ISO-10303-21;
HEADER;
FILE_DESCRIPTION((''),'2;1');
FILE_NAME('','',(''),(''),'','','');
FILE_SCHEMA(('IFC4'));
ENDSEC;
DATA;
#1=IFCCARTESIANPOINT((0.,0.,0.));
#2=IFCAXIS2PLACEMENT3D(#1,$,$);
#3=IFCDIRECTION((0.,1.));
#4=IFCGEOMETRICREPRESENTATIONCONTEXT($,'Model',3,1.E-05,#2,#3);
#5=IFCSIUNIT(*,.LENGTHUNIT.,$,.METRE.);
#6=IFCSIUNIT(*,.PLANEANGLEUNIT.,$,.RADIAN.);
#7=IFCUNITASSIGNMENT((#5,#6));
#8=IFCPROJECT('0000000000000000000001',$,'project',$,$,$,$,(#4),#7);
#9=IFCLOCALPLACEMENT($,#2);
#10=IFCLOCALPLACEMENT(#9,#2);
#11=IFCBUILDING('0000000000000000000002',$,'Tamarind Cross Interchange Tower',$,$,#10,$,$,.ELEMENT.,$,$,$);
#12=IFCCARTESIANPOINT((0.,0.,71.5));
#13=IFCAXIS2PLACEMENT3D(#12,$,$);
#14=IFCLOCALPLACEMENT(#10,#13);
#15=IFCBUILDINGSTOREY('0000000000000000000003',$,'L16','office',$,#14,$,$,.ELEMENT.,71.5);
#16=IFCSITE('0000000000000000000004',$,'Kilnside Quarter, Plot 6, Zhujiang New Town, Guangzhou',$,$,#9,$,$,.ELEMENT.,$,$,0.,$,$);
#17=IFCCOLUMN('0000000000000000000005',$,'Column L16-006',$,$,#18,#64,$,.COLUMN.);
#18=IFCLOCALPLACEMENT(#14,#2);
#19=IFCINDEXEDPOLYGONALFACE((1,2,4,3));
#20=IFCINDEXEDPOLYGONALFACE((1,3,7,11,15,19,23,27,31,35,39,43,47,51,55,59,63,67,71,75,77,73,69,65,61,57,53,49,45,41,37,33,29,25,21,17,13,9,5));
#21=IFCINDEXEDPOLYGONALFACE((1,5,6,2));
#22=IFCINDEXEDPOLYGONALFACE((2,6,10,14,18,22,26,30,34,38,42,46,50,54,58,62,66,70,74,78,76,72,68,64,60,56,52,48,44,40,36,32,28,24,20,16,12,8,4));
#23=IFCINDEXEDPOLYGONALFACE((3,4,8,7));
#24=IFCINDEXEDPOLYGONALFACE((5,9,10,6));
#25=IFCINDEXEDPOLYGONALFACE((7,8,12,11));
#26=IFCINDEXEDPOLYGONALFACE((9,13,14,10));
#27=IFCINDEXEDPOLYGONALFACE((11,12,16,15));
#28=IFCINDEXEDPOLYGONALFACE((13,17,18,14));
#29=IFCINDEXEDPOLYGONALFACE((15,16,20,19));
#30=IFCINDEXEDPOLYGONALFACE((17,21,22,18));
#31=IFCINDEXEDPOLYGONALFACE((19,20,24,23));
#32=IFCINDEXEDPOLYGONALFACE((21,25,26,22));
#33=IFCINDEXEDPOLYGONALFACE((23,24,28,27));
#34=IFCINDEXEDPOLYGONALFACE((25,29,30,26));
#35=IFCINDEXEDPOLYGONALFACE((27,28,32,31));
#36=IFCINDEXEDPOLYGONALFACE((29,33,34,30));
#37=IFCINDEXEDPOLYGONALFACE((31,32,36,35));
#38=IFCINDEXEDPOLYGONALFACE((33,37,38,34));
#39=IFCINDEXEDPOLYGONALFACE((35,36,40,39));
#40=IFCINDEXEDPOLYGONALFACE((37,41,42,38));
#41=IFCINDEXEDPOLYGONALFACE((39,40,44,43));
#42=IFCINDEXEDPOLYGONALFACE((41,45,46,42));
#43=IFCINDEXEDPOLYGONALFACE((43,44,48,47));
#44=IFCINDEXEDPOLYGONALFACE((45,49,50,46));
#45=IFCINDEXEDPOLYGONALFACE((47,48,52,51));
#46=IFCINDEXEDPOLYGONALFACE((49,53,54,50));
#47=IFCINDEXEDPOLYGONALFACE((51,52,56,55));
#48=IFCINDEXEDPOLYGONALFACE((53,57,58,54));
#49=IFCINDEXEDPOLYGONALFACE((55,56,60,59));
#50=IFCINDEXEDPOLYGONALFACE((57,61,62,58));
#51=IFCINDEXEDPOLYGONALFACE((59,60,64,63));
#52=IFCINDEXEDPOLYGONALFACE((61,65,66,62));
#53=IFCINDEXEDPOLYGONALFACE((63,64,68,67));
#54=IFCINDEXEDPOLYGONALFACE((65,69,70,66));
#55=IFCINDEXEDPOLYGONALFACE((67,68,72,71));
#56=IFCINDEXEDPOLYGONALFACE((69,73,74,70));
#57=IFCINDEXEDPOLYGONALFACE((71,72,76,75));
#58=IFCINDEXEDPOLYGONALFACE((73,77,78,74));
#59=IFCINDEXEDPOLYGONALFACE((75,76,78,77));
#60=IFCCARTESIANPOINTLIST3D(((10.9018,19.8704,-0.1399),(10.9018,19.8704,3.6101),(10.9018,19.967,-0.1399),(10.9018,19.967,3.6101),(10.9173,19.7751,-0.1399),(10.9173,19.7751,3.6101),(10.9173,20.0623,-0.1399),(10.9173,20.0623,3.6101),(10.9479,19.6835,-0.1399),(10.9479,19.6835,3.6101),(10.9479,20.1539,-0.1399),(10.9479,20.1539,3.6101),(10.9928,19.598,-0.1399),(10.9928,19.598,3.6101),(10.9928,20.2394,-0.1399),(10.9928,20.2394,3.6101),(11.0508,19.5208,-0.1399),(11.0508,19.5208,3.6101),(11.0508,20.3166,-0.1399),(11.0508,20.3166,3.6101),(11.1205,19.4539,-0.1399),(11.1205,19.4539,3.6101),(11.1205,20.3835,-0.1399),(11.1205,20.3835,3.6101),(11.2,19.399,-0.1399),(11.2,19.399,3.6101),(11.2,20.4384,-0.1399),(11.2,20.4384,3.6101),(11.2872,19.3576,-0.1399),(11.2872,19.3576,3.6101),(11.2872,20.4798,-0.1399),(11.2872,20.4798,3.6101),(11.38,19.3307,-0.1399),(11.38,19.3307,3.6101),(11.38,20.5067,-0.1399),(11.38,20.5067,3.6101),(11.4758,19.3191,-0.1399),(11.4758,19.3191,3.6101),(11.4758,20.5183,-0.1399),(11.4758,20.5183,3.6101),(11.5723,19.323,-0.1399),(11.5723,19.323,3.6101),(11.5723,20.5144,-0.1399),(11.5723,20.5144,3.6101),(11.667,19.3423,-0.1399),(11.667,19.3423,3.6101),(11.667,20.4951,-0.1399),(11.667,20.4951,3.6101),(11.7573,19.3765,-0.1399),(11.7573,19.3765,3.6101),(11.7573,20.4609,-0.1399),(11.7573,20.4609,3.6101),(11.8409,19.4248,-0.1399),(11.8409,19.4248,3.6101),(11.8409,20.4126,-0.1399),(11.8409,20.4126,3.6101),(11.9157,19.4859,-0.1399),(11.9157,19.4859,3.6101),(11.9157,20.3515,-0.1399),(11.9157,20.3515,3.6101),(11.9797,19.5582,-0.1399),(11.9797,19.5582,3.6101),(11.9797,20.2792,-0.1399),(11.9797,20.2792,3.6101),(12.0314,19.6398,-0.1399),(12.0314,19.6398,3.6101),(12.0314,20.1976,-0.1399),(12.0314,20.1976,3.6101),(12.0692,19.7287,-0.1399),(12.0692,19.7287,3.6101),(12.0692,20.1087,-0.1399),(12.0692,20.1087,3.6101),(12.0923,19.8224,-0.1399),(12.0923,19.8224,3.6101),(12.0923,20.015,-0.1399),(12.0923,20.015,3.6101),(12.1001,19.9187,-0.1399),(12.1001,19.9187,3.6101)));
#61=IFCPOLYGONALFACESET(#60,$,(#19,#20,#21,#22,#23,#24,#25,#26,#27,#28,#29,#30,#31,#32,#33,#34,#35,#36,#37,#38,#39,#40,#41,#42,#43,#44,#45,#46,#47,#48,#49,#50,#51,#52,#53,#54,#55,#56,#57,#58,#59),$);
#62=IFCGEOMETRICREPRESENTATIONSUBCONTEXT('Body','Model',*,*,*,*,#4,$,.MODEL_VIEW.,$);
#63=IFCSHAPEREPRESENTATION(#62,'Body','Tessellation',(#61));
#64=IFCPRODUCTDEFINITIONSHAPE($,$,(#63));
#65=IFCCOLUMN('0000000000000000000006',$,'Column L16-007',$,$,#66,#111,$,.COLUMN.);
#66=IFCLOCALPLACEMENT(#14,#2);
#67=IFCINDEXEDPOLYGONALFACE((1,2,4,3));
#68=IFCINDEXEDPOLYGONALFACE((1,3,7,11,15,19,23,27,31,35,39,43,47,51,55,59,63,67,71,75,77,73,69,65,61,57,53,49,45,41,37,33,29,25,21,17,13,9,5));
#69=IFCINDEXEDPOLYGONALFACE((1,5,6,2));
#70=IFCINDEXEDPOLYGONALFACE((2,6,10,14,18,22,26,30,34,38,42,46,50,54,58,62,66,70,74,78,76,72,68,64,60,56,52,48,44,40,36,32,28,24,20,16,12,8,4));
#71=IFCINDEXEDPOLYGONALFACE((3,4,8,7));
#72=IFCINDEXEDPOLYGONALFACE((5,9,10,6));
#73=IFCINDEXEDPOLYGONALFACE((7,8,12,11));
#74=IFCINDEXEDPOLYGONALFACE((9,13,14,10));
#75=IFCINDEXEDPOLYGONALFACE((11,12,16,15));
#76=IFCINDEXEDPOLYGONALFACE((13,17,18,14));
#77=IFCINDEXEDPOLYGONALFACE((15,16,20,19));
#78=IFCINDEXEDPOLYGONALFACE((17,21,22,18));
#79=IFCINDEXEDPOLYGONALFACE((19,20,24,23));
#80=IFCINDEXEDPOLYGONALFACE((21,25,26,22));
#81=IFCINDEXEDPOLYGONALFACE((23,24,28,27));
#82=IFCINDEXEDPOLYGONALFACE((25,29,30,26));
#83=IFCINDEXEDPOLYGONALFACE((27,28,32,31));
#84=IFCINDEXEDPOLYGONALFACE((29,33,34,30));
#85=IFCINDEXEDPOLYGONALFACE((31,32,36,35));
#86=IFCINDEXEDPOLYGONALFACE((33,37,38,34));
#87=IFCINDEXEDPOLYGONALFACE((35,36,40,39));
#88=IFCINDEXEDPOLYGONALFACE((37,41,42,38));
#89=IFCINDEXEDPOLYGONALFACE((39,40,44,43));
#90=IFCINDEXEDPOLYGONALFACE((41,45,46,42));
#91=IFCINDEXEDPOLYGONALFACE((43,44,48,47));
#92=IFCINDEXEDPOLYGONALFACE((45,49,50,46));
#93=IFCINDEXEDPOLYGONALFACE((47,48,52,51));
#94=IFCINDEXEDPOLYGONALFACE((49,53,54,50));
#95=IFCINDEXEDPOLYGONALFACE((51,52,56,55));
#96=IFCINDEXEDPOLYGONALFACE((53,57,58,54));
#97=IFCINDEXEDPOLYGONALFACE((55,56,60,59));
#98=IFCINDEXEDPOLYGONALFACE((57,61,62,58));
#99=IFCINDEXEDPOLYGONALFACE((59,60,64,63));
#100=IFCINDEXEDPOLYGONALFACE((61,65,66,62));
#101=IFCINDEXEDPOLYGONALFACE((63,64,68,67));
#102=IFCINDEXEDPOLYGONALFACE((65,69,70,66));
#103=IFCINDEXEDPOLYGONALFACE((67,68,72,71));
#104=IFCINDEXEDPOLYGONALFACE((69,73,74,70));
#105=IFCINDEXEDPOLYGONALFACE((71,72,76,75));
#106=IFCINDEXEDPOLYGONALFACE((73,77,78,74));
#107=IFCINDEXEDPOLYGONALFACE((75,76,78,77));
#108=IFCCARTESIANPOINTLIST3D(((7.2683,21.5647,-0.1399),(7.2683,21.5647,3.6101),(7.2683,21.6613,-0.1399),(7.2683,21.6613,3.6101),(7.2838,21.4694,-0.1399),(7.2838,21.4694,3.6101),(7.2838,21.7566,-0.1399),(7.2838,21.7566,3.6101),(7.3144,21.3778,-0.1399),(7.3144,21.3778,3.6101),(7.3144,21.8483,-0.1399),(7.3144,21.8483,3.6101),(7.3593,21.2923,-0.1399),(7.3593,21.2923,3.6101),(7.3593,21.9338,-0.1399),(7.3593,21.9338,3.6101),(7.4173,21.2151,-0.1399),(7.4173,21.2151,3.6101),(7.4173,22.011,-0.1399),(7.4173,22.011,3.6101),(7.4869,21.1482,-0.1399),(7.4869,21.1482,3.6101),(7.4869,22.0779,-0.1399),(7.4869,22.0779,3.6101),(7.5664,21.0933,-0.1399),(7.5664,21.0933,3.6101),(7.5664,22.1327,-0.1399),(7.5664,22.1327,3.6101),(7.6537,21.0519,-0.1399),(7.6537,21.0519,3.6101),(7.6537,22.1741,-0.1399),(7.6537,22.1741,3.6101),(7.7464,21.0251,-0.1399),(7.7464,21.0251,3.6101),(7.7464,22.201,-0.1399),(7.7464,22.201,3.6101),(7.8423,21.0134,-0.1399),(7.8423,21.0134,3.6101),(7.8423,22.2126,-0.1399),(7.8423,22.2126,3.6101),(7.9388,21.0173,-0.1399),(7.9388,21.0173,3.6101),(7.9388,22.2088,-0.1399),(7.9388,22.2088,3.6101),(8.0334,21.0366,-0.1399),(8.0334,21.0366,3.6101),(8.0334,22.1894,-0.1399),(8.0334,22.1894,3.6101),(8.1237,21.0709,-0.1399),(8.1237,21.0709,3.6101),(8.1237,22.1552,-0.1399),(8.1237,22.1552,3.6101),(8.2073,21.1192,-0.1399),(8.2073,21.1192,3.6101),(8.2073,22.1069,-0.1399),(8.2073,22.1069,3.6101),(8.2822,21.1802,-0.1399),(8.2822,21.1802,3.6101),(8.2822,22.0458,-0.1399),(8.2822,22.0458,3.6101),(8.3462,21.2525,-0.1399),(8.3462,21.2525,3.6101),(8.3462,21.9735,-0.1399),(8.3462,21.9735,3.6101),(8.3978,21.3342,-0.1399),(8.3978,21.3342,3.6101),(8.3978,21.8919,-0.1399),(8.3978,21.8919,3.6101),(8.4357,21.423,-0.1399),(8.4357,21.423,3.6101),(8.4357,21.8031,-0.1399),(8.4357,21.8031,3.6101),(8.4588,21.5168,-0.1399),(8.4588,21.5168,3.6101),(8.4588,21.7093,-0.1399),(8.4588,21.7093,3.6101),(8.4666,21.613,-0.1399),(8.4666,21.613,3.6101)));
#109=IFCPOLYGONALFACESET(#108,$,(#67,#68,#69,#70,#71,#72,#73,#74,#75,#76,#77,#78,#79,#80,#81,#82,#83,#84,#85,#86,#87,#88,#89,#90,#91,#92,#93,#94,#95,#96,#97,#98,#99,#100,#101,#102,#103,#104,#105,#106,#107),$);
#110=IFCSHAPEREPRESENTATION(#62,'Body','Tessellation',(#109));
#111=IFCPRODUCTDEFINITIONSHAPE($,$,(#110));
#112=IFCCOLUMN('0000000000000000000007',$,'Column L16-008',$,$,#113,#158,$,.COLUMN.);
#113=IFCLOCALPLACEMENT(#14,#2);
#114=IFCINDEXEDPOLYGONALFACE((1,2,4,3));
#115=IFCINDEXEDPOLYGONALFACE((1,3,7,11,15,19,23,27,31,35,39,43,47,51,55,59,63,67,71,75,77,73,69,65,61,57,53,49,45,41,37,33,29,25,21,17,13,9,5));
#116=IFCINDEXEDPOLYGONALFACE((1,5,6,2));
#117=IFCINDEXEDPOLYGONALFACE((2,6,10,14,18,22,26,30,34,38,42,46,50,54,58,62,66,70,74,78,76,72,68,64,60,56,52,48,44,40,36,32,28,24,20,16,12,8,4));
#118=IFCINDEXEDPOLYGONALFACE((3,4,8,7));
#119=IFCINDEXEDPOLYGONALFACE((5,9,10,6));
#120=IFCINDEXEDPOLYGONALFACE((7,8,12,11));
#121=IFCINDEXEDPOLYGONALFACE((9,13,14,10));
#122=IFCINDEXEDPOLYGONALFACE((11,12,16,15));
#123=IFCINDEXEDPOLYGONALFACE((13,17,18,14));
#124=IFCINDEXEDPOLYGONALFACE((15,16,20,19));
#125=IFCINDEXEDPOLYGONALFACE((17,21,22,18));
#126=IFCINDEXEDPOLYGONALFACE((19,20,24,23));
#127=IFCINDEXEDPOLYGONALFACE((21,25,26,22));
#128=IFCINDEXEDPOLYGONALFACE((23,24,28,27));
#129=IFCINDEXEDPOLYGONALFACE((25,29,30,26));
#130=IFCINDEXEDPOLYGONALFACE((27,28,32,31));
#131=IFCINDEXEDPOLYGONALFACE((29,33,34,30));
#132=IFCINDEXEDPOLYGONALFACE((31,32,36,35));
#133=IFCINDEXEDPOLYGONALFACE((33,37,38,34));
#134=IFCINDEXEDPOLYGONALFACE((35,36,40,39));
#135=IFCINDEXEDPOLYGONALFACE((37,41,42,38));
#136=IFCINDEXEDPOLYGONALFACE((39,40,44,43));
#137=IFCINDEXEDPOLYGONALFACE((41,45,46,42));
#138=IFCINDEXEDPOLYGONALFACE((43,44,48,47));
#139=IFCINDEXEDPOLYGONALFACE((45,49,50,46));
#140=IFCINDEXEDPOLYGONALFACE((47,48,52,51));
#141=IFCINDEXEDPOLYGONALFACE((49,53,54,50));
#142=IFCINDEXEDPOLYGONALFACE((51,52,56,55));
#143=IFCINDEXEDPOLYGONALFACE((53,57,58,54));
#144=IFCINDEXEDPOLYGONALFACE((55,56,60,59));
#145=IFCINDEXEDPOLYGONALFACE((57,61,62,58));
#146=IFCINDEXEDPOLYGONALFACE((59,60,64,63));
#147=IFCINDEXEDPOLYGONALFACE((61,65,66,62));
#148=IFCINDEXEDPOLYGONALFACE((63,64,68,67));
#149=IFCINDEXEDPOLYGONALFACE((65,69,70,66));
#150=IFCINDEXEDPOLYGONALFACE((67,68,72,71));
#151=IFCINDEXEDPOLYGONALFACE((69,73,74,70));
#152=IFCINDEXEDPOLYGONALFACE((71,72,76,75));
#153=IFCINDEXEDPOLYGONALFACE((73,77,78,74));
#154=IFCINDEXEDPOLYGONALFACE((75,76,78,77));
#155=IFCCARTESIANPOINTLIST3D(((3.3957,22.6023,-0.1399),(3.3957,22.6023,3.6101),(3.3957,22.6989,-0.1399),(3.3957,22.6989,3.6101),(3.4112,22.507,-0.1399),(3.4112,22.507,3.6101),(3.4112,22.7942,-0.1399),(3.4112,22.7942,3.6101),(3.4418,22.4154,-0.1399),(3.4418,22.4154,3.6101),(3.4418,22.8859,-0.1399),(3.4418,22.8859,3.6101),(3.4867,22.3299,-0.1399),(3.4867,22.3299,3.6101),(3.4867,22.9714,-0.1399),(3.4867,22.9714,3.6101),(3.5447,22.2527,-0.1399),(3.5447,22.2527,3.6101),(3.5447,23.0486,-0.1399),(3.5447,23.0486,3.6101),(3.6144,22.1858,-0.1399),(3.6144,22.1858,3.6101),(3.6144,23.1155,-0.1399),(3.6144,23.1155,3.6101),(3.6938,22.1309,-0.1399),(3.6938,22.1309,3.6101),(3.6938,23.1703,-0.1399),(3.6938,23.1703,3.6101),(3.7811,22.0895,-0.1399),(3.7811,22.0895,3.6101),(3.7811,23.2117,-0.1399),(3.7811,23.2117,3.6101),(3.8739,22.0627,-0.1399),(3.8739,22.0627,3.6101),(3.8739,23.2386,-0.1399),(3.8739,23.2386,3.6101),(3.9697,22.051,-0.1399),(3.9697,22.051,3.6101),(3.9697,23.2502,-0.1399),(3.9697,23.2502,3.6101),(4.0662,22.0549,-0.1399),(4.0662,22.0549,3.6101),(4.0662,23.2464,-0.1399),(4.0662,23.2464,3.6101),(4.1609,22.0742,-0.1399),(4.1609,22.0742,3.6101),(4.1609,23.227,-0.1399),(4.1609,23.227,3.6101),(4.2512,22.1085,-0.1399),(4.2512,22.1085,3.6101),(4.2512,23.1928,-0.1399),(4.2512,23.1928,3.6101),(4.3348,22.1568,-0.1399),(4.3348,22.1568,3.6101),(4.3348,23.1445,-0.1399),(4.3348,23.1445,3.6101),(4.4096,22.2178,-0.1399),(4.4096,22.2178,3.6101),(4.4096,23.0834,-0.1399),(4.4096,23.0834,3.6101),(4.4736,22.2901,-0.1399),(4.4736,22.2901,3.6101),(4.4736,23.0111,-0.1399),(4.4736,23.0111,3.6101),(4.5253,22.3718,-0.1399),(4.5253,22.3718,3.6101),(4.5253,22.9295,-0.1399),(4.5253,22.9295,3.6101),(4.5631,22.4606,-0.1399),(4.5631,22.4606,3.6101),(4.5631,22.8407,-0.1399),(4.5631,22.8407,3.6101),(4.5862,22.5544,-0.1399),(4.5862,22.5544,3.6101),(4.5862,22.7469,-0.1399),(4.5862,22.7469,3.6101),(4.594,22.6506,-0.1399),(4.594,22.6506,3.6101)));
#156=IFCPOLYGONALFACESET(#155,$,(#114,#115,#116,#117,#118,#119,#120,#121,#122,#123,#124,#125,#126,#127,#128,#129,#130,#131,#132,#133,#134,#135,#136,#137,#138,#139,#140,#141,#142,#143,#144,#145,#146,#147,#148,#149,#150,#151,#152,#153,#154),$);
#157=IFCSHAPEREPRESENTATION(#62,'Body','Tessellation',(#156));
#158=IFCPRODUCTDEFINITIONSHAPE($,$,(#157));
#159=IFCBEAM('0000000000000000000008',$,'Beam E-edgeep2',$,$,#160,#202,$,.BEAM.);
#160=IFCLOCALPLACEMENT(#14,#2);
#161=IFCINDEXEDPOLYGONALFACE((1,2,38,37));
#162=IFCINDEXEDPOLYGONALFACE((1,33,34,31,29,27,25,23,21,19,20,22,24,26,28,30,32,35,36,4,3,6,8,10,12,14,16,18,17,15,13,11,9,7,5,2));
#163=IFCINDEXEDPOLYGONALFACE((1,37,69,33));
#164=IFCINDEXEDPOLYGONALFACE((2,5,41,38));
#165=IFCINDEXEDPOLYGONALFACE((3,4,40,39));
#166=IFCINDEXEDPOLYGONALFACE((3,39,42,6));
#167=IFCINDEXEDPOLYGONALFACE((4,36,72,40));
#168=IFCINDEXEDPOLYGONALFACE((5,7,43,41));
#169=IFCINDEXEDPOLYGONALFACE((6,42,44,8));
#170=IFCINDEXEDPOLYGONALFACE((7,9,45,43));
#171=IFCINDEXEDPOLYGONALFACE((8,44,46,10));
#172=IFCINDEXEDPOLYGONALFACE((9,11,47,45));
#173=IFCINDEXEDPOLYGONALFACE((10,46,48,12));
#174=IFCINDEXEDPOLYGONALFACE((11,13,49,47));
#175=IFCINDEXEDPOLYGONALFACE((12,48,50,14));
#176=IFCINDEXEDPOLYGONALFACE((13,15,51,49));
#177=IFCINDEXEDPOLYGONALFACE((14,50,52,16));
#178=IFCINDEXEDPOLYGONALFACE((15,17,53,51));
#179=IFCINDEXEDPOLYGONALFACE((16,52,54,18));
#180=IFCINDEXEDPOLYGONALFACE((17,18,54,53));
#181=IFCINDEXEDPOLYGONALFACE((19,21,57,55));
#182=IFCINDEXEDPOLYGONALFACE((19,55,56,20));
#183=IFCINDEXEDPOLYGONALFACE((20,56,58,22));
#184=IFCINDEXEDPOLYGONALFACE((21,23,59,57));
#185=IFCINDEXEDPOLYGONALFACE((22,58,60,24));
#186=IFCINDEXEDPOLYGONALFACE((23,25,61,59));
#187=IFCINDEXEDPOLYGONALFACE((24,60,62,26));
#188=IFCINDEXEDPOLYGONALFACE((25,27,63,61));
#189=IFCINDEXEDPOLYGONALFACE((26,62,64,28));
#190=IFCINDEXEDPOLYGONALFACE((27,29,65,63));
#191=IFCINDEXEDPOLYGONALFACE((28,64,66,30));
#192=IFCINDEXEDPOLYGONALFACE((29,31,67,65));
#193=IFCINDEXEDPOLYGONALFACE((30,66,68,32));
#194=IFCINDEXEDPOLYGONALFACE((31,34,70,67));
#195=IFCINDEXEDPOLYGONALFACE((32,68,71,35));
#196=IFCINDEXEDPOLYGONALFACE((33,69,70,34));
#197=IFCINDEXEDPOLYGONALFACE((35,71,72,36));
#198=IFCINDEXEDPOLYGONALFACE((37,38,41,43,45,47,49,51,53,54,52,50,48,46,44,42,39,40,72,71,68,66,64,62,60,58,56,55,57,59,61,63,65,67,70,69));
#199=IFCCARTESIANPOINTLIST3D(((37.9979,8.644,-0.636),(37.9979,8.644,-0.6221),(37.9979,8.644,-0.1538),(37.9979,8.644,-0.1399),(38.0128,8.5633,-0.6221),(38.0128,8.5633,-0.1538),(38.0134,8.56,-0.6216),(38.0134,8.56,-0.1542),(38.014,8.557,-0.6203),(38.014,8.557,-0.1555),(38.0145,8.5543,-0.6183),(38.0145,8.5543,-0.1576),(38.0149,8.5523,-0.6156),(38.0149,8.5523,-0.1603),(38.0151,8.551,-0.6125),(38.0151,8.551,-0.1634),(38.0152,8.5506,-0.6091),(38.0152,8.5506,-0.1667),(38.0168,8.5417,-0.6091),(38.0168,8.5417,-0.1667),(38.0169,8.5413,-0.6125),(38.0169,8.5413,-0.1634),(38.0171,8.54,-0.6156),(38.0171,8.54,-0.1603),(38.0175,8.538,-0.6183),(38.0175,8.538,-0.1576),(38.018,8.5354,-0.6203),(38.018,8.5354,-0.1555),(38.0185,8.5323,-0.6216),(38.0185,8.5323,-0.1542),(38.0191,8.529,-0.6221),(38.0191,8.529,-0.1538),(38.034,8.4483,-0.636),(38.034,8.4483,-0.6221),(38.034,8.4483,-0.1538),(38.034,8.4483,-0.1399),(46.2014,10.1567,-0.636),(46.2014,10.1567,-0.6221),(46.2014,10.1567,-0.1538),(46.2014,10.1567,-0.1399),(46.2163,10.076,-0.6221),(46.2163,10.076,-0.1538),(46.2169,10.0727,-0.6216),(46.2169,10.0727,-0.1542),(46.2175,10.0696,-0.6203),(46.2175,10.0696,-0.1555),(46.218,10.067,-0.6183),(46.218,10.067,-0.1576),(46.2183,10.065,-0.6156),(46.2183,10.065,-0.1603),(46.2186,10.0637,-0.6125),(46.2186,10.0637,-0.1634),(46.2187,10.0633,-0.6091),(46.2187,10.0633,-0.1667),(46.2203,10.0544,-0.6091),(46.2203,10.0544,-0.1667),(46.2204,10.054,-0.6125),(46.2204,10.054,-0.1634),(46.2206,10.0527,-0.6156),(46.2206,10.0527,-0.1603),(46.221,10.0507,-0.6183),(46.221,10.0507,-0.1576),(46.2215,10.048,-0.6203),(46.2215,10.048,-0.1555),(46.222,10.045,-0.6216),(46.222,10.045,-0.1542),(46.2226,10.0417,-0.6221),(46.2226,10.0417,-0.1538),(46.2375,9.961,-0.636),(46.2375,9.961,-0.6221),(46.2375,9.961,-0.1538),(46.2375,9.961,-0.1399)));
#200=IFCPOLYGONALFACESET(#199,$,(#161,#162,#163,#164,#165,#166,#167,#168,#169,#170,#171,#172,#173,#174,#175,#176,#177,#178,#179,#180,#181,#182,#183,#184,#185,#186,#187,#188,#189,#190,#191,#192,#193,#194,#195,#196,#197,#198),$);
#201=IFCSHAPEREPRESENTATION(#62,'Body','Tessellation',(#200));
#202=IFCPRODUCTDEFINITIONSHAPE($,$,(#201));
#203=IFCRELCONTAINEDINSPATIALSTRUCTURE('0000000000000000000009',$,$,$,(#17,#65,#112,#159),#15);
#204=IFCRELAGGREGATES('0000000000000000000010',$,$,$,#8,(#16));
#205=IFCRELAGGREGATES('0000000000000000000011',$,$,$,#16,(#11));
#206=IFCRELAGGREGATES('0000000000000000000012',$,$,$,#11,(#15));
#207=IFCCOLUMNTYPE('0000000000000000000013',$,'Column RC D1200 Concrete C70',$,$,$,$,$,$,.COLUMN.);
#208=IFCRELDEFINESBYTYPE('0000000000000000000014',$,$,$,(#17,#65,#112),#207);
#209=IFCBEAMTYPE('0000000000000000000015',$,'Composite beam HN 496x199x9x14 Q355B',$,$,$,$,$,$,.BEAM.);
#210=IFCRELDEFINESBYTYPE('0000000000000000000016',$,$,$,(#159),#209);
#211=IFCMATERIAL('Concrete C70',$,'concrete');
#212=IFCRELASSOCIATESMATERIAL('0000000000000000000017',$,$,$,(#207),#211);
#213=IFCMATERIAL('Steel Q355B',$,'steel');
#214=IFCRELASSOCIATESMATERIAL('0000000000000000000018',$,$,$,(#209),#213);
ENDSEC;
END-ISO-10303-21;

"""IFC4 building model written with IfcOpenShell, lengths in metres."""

from ifc_helpers import new_model, si_unit, direction, frame, origin, origin_2d, place, context, subcontext, project, spatial, circle, i_section, extrude, material, material_profile, profile_set, type_object, element, save


model = new_model("IFC4")

# Units and contexts
model_context = context("Model", 3, precision=1e-05, world=origin(), true_north=direction((0.0, 1.0)))
body_context = subcontext(model_context, "Body", "Model", "MODEL_VIEW")
ifc_project = project(units=[si_unit("LENGTHUNIT", "METRE"), si_unit("PLANEANGLEUNIT", "RADIAN")], contexts=[model_context])

# Site, building, storey
site_placement = place(None, origin())
site = spatial("IfcSite", under=ifc_project, at=site_placement, Name="Kilnside Quarter, Plot 6, Zhujiang New Town, Guangzhou", CompositionType="ELEMENT", RefElevation=0.0)
building_placement = place(site_placement, origin())
building = spatial("IfcBuilding", under=site, at=building_placement, Name="Tamarind Cross Interchange Tower", CompositionType="ELEMENT")
storey_placement = place(building_placement, frame((0.0, 0.0, 71.5)))
storey = spatial("IfcBuildingStorey", under=building, at=storey_placement, Name="L16", Description="office", CompositionType="ELEMENT", Elevation=71.5)

# Columns
ifc_material_1 = material(Name="Concrete C70", Category="concrete")
ifc_material_profile_1 = material_profile(ifc_material_1, circle(Radius=0.6001, at=origin_2d()), Name="RC D1200")
ifc_profile_set_1 = profile_set([ifc_material_profile_1], Name="Concrete C70")
column_type_1 = type_object("IfcColumnType", Name="Column RC D1200 Concrete C70", PredefinedType="COLUMN", material=ifc_profile_set_1)
for number, where, z_axis, x_axis, name in (
    (1, (11.5, 19.9187, -0.1399), (0.0, 0.0, 1.0), (1.0, 0.0, 0.0), "Column L16-006"),
    (2, (7.8665, 21.613, -0.1399), (0.0, 0.0, 1.0), (1.0, 0.0, 0.0), "Column L16-007"),
    (3, (3.9939, 22.6506, -0.1399), (0.0, 0.0, 1.0), (1.0, 0.0, 0.0), "Column L16-008"),
):
    element("IfcColumn", number, at=place(storey_placement, frame(where, z_axis=z_axis, x_axis=x_axis)), inside=storey, type_object=column_type_1, Name=name, PredefinedType="COLUMN", context=body_context, shape_type="SweptSolid", body=[
        extrude(circle(Radius=0.6001, at=origin_2d()), origin(), (0.0, 0.0, 1.0), 3.75),
    ])

# Beam
ifc_material_2 = material(Name="Steel Q355B", Category="steel")
ifc_material_profile_2 = material_profile(ifc_material_2, i_section(OverallWidth=0.199, OverallDepth=0.4961, WebThickness=0.009, FlangeThickness=0.0139, FilletRadius=0.0129, at=origin_2d()), Name="HN 496x199x9x14")
ifc_profile_set_2 = profile_set([ifc_material_profile_2], Name="Steel Q355B")
beam_type_1 = type_object("IfcBeamType", Name="Composite beam HN 496x199x9x14 Q355B", PredefinedType="BEAM", material=ifc_profile_set_2)
beam_1_placement = place(storey_placement, frame((46.2195, 10.0588, -0.3879), z_axis=(-0.983421, -0.181337, 0.0), x_axis=(0.181337, -0.983421, 0.0)))
element("IfcBeam", 4, at=beam_1_placement, inside=storey, type_object=beam_type_1, Name="Beam E-edgeep2", PredefinedType="BEAM", context=body_context, shape_type="SweptSolid", body=[
    extrude(i_section(OverallWidth=0.199, OverallDepth=0.4961, WebThickness=0.009, FlangeThickness=0.0139, FilletRadius=0.0129, at=origin_2d()), origin(), (0.0, 0.0, 1.0), 8.3418),
])

save(model, "model.ifc")
